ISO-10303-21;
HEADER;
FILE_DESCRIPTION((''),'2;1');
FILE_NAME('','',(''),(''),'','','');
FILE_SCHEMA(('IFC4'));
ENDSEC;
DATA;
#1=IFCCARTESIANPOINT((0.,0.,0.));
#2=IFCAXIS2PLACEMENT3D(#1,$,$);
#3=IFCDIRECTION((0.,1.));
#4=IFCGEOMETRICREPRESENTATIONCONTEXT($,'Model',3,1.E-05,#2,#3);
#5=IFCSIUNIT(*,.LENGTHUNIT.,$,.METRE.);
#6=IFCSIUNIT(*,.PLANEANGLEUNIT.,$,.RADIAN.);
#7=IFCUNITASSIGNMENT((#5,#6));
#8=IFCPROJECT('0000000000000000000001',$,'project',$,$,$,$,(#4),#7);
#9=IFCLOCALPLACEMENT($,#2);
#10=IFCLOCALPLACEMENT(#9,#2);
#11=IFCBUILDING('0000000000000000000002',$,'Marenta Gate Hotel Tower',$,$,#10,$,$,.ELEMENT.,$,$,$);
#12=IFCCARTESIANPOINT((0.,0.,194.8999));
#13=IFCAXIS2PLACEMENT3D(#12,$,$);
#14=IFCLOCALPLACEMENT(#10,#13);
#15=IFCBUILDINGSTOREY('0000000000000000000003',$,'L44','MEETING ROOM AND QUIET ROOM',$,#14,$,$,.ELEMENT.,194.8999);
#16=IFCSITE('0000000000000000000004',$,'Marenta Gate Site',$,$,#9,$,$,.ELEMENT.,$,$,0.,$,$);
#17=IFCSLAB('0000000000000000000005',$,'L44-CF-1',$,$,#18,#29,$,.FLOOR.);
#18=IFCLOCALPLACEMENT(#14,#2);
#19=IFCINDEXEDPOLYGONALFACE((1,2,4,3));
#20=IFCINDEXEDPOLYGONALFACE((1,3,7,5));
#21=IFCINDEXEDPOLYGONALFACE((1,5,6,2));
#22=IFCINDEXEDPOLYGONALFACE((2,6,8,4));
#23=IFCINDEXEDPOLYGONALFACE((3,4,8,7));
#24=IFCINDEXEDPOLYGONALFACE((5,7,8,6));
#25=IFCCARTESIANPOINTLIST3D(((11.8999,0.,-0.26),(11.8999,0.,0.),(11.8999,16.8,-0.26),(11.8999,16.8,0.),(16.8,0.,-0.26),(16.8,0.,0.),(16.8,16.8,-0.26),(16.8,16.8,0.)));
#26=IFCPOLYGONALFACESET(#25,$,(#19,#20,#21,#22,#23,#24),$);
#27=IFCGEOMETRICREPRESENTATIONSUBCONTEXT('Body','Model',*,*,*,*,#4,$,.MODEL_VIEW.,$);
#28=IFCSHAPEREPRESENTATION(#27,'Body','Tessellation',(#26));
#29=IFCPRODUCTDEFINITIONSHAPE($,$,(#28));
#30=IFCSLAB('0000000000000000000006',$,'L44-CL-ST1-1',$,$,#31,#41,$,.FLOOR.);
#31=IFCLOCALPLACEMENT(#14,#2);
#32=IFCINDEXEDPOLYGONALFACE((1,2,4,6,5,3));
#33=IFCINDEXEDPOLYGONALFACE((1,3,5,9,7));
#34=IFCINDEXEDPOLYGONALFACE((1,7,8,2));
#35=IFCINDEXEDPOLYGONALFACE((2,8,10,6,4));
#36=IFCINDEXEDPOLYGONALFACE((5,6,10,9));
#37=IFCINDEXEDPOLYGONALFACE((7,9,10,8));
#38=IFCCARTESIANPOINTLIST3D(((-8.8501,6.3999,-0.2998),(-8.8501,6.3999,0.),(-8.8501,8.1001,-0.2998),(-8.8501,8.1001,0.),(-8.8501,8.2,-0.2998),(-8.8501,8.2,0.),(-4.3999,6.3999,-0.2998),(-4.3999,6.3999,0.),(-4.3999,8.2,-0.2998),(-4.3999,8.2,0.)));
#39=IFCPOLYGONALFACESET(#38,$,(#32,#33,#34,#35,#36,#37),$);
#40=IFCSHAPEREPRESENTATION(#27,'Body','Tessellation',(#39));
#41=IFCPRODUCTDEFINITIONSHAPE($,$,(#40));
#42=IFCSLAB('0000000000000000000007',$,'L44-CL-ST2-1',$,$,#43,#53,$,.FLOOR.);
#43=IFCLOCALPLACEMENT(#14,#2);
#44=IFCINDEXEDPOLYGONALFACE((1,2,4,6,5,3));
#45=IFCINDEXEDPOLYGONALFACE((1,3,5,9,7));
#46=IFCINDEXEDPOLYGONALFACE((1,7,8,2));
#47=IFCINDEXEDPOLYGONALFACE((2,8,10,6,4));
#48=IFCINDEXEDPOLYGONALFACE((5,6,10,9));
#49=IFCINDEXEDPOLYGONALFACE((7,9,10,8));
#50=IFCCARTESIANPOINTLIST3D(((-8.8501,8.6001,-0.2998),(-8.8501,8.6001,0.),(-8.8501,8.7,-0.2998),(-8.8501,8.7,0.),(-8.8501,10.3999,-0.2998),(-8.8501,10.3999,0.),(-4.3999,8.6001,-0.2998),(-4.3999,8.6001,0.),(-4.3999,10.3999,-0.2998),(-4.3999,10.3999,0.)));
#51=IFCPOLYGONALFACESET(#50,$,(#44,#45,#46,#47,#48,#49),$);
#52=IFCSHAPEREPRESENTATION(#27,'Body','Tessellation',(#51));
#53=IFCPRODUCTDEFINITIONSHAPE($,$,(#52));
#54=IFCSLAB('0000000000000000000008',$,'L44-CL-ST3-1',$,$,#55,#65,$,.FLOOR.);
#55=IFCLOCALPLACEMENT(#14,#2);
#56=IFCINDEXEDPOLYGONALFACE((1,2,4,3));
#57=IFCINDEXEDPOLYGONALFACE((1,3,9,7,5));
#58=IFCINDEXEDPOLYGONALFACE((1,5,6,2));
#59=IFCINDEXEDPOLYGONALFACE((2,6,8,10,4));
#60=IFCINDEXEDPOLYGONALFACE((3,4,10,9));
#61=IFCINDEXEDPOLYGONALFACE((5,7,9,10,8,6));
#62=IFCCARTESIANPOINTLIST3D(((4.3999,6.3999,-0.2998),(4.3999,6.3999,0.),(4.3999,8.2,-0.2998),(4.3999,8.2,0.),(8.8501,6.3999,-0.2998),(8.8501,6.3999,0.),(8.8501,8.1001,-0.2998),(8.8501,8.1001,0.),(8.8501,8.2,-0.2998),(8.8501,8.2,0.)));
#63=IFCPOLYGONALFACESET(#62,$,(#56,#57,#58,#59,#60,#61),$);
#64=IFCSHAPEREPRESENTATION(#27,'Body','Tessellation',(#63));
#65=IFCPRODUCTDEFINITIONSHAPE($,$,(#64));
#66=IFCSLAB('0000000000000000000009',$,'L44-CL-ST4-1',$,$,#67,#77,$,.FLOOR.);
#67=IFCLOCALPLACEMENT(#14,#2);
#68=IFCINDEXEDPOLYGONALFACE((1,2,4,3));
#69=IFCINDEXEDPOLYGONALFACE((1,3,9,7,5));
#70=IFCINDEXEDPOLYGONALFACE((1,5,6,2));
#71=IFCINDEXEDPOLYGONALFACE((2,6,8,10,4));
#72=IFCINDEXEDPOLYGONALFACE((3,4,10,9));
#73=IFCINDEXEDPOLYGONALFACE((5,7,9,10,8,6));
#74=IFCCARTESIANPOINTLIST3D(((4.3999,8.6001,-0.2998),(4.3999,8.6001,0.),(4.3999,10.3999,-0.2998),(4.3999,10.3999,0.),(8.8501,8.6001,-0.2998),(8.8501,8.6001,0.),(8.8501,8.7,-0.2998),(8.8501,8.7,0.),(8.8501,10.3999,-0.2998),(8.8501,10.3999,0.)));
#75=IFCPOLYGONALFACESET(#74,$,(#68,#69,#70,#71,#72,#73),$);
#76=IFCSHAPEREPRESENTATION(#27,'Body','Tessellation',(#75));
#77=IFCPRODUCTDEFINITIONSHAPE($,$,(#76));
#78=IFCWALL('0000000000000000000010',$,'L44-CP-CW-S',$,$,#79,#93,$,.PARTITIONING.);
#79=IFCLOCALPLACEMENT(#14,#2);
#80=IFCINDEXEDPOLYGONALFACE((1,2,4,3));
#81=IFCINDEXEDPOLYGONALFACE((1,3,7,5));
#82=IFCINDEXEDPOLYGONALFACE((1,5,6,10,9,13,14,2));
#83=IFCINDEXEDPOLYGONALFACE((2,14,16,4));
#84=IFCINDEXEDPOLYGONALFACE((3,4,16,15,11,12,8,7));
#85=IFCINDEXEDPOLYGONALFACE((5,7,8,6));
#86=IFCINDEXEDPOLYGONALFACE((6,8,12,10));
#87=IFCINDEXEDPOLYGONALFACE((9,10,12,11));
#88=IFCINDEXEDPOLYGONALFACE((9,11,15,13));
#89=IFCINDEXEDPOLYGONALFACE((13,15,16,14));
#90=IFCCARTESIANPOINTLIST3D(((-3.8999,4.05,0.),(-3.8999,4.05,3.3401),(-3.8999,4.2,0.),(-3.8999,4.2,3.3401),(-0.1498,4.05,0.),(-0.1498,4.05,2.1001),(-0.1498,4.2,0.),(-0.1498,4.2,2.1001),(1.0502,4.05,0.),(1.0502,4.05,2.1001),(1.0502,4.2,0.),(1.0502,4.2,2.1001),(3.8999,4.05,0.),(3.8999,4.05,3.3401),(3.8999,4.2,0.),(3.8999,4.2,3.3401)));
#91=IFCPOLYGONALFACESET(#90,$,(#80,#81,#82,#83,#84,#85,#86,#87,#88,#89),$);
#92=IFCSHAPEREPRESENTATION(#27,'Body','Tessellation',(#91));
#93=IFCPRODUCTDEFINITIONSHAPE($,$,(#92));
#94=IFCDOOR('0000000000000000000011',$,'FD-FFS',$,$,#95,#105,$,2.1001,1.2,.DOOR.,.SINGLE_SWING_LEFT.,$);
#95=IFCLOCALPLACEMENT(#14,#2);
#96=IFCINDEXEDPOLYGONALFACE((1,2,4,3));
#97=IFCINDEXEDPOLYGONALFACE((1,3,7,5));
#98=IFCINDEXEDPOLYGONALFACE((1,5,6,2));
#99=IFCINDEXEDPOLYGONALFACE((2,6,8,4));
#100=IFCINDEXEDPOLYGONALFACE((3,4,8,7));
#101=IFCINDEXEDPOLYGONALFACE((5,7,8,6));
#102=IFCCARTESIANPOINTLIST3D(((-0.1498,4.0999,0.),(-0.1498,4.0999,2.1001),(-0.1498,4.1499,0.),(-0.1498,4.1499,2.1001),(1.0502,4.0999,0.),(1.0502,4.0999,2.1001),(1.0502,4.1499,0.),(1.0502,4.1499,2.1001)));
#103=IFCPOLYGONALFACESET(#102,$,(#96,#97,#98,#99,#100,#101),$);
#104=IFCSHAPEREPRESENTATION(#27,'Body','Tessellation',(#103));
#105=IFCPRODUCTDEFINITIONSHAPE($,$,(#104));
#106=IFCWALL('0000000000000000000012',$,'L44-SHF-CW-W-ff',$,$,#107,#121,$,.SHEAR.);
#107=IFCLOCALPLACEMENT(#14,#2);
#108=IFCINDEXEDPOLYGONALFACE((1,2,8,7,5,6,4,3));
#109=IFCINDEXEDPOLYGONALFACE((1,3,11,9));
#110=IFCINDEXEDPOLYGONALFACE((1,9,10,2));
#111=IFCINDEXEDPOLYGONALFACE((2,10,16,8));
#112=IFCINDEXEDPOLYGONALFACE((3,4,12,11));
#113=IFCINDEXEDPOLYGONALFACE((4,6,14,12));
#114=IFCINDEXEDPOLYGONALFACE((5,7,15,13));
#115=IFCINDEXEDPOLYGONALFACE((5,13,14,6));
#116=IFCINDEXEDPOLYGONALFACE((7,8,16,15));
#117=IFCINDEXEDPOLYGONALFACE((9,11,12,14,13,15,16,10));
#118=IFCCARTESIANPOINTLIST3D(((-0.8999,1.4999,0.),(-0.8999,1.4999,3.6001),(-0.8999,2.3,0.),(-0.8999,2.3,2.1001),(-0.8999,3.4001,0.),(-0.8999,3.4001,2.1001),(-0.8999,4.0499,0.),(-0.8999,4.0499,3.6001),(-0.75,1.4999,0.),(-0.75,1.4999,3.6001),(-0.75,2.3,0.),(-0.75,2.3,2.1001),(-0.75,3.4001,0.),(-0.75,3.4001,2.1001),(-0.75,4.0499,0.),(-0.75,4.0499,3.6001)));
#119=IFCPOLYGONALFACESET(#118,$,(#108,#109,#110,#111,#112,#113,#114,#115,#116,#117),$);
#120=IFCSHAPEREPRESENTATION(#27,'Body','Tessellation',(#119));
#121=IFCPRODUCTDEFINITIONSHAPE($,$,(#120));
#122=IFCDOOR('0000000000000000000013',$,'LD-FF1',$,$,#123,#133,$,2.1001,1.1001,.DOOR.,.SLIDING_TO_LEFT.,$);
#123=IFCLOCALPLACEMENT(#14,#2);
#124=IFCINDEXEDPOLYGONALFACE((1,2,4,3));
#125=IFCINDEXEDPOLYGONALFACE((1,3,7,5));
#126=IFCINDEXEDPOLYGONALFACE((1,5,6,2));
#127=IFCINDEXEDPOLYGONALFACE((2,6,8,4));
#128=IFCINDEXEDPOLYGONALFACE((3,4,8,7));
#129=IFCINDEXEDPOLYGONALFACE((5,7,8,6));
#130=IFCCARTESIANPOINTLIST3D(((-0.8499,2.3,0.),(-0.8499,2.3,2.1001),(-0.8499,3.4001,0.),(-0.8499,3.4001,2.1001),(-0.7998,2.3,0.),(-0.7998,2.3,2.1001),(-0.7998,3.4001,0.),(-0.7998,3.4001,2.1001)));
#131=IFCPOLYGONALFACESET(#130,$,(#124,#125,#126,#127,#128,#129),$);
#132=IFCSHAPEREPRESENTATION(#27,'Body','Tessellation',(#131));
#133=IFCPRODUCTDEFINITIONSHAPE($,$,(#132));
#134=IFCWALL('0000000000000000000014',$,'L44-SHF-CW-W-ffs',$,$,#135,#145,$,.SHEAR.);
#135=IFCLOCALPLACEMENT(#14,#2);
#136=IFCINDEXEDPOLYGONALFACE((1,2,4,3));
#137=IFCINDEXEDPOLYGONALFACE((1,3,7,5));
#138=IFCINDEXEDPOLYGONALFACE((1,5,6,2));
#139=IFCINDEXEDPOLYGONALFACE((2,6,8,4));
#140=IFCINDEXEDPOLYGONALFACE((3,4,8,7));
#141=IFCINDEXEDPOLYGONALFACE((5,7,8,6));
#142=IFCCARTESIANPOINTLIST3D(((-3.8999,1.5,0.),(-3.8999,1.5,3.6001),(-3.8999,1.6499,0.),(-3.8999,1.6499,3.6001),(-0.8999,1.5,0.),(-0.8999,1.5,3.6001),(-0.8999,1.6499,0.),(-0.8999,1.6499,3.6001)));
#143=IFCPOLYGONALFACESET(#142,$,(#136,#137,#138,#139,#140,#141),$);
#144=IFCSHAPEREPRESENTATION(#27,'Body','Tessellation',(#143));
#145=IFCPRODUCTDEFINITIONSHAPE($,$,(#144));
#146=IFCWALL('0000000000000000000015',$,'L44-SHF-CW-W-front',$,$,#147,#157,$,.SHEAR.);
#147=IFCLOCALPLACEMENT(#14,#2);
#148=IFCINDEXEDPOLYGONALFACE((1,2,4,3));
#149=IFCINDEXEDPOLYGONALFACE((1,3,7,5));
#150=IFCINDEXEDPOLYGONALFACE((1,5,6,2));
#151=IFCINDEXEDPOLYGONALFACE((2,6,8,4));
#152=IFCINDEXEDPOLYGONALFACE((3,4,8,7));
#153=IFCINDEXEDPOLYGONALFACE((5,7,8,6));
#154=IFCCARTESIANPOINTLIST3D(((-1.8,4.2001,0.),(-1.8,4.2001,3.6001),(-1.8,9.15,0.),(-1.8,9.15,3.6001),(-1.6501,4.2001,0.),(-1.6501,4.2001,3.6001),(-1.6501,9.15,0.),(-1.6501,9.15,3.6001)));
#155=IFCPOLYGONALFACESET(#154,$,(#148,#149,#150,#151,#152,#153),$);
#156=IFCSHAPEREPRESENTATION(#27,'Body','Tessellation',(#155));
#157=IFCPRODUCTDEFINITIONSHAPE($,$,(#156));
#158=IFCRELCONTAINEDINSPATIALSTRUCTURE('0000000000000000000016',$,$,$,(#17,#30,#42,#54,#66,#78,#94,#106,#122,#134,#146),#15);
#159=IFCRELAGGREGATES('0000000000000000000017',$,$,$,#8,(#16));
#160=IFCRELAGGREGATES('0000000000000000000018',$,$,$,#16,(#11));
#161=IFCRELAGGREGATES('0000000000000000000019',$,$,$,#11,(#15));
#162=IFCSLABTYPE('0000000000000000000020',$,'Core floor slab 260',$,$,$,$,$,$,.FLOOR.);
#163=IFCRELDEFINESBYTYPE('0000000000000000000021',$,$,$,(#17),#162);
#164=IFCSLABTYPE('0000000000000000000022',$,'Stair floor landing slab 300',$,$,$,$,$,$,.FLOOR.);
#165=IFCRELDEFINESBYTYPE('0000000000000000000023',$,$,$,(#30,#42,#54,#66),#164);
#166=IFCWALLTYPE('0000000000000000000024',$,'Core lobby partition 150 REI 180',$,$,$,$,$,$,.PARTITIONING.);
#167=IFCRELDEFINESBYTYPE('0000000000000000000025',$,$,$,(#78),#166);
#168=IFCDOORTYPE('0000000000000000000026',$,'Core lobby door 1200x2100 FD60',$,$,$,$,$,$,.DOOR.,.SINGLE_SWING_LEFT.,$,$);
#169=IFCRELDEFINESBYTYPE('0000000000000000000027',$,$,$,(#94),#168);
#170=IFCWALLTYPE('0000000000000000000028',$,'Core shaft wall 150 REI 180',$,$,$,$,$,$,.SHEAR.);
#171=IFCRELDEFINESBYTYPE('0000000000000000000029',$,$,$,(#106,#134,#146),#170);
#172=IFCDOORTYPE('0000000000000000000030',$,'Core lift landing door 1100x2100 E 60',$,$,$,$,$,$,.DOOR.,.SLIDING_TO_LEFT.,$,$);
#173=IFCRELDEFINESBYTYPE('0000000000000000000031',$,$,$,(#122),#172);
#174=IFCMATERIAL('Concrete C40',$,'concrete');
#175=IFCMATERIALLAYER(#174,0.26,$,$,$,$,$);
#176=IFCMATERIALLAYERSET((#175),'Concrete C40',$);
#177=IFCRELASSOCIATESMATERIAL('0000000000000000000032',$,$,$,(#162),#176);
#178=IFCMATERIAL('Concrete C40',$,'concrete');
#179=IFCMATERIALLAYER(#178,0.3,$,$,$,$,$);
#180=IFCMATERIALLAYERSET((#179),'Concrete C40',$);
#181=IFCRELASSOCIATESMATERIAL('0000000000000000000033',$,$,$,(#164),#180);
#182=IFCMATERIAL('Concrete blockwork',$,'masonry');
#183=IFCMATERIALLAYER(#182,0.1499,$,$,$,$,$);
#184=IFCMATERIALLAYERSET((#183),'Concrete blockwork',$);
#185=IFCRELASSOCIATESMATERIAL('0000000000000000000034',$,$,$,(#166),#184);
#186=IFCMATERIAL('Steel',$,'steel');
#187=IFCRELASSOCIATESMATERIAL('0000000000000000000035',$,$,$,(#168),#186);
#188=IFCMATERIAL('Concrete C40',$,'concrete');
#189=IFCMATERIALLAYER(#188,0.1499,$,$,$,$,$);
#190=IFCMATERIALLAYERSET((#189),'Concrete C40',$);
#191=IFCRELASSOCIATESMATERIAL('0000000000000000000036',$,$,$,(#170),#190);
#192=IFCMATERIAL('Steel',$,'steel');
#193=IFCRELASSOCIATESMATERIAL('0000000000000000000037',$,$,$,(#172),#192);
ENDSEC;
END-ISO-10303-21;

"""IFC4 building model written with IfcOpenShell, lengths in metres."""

from ifc_helpers import new_model, si_unit, direction, frame, frame_2d, origin, place, context, subcontext, project, spatial, polyline, rectangle, outline, extrude, material, layer, layer_set, type_object, element, fill, save


model = new_model("IFC4")

# Units and contexts
model_context = context("Model", 3, precision=1e-05, world=origin(), true_north=direction((0.0, 1.0)))
body_context = subcontext(model_context, "Body", "Model", "MODEL_VIEW")
ifc_project = project(units=[si_unit("LENGTHUNIT", "METRE"), si_unit("PLANEANGLEUNIT", "RADIAN")], contexts=[model_context])

# Site, building, storey
site_placement = place(None, origin())
site = spatial("IfcSite", under=ifc_project, at=site_placement, Name="Marenta Gate Site", CompositionType="ELEMENT", RefElevation=0.0)
building_placement = place(site_placement, origin())
building = spatial("IfcBuilding", under=site, at=building_placement, Name="Marenta Gate Hotel Tower", CompositionType="ELEMENT")
storey_placement = place(building_placement, frame((0.0, 0.0, 194.8999)))
storey = spatial("IfcBuildingStorey", under=building, at=storey_placement, Name="L44", Description="MEETING ROOM AND QUIET ROOM", CompositionType="ELEMENT", Elevation=194.8999)

# Slabs
ifc_material_1 = material(Name="Concrete C40", Category="concrete")
ifc_layer_1 = layer(ifc_material_1, 0.26)
ifc_layer_set_1 = layer_set([ifc_layer_1], Name="Concrete C40")
slab_type_1 = type_object("IfcSlabType", Name="Core floor slab 260", PredefinedType="FLOOR", material=ifc_layer_set_1)
slab_1_placement = place(storey_placement, frame((0.0, 0.0, -0.26)))
element("IfcSlab", 1, at=slab_1_placement, inside=storey, type_object=slab_type_1, Name="L44-CF-1", PredefinedType="FLOOR", context=body_context, shape_type="SweptSolid", body=[
    extrude(outline(polyline([(11.8999, 0.0), (11.8999, 16.8), (16.8, 16.8), (16.8, 0.0), (11.8999, 0.0)])), origin(), (0.0, 0.0, 1.0), 0.26),
])
ifc_material_2 = material(Name="Concrete C40", Category="concrete")
ifc_layer_2 = layer(ifc_material_2, 0.3)
ifc_layer_set_2 = layer_set([ifc_layer_2], Name="Concrete C40")
slab_type_2 = type_object("IfcSlabType", Name="Stair floor landing slab 300", PredefinedType="FLOOR", material=ifc_layer_set_2)
slab_2_placement = place(storey_placement, frame((0.0, 0.0, -0.2998)))
element("IfcSlab", 2, at=slab_2_placement, inside=storey, type_object=slab_type_2, Name="L44-CL-ST1-1", PredefinedType="FLOOR", context=body_context, shape_type="SweptSolid", body=[
    extrude(outline(polyline([(-4.3999, 6.3999), (-8.8501, 6.3999), (-8.8501, 8.1001), (-8.8501, 8.2), (-4.3999, 8.2), (-4.3999, 6.3999)])), origin(), (0.0, 0.0, 1.0), 0.2998),
])
slab_3_placement = place(storey_placement, frame((0.0, 0.0, -0.2998)))
element("IfcSlab", 3, at=slab_3_placement, inside=storey, type_object=slab_type_2, Name="L44-CL-ST2-1", PredefinedType="FLOOR", context=body_context, shape_type="SweptSolid", body=[
    extrude(outline(polyline([(-4.3999, 8.6001), (-8.8501, 8.6001), (-8.8501, 8.7), (-8.8501, 10.3999), (-4.3999, 10.3999), (-4.3999, 8.6001)])), origin(), (0.0, 0.0, 1.0), 0.2998),
])
slab_4_placement = place(storey_placement, frame((0.0, 0.0, -0.2998)))
element("IfcSlab", 4, at=slab_4_placement, inside=storey, type_object=slab_type_2, Name="L44-CL-ST3-1", PredefinedType="FLOOR", context=body_context, shape_type="SweptSolid", body=[
    extrude(outline(polyline([(4.3999, 6.3999), (4.3999, 8.2), (8.8501, 8.2), (8.8501, 8.1001), (8.8501, 6.3999), (4.3999, 6.3999)])), origin(), (0.0, 0.0, 1.0), 0.2998),
])
slab_5_placement = place(storey_placement, frame((0.0, 0.0, -0.2998)))
element("IfcSlab", 5, at=slab_5_placement, inside=storey, type_object=slab_type_2, Name="L44-CL-ST4-1", PredefinedType="FLOOR", context=body_context, shape_type="SweptSolid", body=[
    extrude(outline(polyline([(4.3999, 8.6001), (4.3999, 10.3999), (8.8501, 10.3999), (8.8501, 8.7), (8.8501, 8.6001), (4.3999, 8.6001)])), origin(), (0.0, 0.0, 1.0), 0.2998),
])

# Walls, openings, doors
ifc_material_3 = material(Name="Concrete blockwork", Category="masonry")
ifc_layer_3 = layer(ifc_material_3, 0.1499)
ifc_layer_set_3 = layer_set([ifc_layer_3], Name="Concrete blockwork")
wall_type_1 = type_object("IfcWallType", Name="Core lobby partition 150 REI 180", PredefinedType="PARTITIONING", material=ifc_layer_set_3)
wall_1_placement = place(storey_placement, frame((-3.8999, 4.125, 0.0), z_axis=(0.0, 0.0, 1.0), x_axis=(1.0, 0.0, 0.0)))
wall_1 = element("IfcWall", 6, at=wall_1_placement, inside=storey, type_object=wall_type_1, Name="L44-CP-CW-S", PredefinedType="PARTITIONING", context=body_context, shape_type="SweptSolid", body=[
    extrude(rectangle(XDim=7.7998, YDim=0.1499, at=frame_2d((3.8999, 0.0))), origin(), (0.0, 0.0, 1.0), 3.3401),
])
opening_1_placement = place(wall_1_placement, frame((3.75, 0.0, 0.0)))
opening_1 = element("IfcOpeningElement", 7, at=opening_1_placement, cuts=wall_1, PredefinedType="OPENING", context=body_context, shape_type="SweptSolid", body=[
    extrude(rectangle(XDim=1.2, YDim=2.1001, at=frame_2d((0.6001, 1.05))), frame((0.0, 0.075, 0.0), z_axis=(0.0, -1.0, 0.0), x_axis=(1.0, 0.0, 0.0)), (0.0, 0.0, 1.0), 0.1499),
])
ifc_material_4 = material(Name="Steel", Category="steel")
door_type_1 = type_object("IfcDoorType", Name="Core lobby door 1200x2100 FD60", OperationType="SINGLE_SWING_LEFT", PredefinedType="DOOR", material=ifc_material_4)
door_1_placement = place(opening_1_placement, origin())
door_1 = element("IfcDoor", 8, at=door_1_placement, inside=storey, type_object=door_type_1, Name="FD-FFS", OperationType="SINGLE_SWING_LEFT", OverallHeight=2.1001, OverallWidth=1.2, PredefinedType="DOOR", context=body_context, shape_type="SweptSolid", body=[
    extrude(rectangle(XDim=1.2, YDim=2.1001, at=frame_2d((0.6001, 1.05))), frame((0.0, 0.0249, 0.0), z_axis=(0.0, -1.0, 0.0), x_axis=(1.0, 0.0, 0.0)), (0.0, 0.0, 1.0), 0.05),
])
fill(opening_1, door_1)
ifc_material_5 = material(Name="Concrete C40", Category="concrete")
ifc_layer_4 = layer(ifc_material_5, 0.1499)
ifc_layer_set_4 = layer_set([ifc_layer_4], Name="Concrete C40")
wall_type_2 = type_object("IfcWallType", Name="Core shaft wall 150 REI 180", PredefinedType="SHEAR", material=ifc_layer_set_4)
wall_2_placement = place(storey_placement, frame((-0.825, 1.5, 0.0), z_axis=(0.0, 0.0, 1.0), x_axis=(0.0, 1.0, 0.0)))
wall_2 = element("IfcWall", 9, at=wall_2_placement, inside=storey, type_object=wall_type_2, Name="L44-SHF-CW-W-ff", PredefinedType="SHEAR", context=body_context, shape_type="SweptSolid", body=[
    extrude(rectangle(XDim=2.55, YDim=0.1499, at=frame_2d((1.2749, 0.0))), origin(), (0.0, 0.0, 1.0), 3.6001),
])
opening_2_placement = place(wall_2_placement, frame((0.8, 0.0, 0.0)))
opening_2 = element("IfcOpeningElement", 10, at=opening_2_placement, cuts=wall_2, PredefinedType="OPENING", context=body_context, shape_type="SweptSolid", body=[
    extrude(rectangle(XDim=1.1001, YDim=2.1001, at=frame_2d((0.55, 1.05))), frame((0.0, 0.075, 0.0), z_axis=(0.0, -1.0, 0.0), x_axis=(1.0, 0.0, 0.0)), (0.0, 0.0, 1.0), 0.1499),
])
ifc_material_6 = material(Name="Steel", Category="steel")
door_type_2 = type_object("IfcDoorType", Name="Core lift landing door 1100x2100 E 60", OperationType="SLIDING_TO_LEFT", PredefinedType="DOOR", material=ifc_material_6)
door_2_placement = place(opening_2_placement, origin())
door_2 = element("IfcDoor", 11, at=door_2_placement, inside=storey, type_object=door_type_2, Name="LD-FF1", OperationType="SLIDING_TO_LEFT", OverallHeight=2.1001, OverallWidth=1.1001, PredefinedType="DOOR", context=body_context, shape_type="SweptSolid", body=[
    extrude(rectangle(XDim=1.1001, YDim=2.1001, at=frame_2d((0.55, 1.05))), frame((0.0, 0.0249, 0.0), z_axis=(0.0, -1.0, 0.0), x_axis=(1.0, 0.0, 0.0)), (0.0, 0.0, 1.0), 0.05),
])
fill(opening_2, door_2)

# Walls
wall_3_placement = place(storey_placement, frame((-3.8999, 1.575, 0.0), z_axis=(0.0, 0.0, 1.0), x_axis=(1.0, 0.0, 0.0)))
element("IfcWall", 12, at=wall_3_placement, inside=storey, type_object=wall_type_2, Name="L44-SHF-CW-W-ffs", PredefinedType="SHEAR", context=body_context, shape_type="SweptSolid", body=[
    extrude(rectangle(XDim=3.0, YDim=0.1499, at=frame_2d((1.5, 0.0))), origin(), (0.0, 0.0, 1.0), 3.6001),
])
wall_4_placement = place(storey_placement, frame((-1.7251, 4.2, 0.0), z_axis=(0.0, 0.0, 1.0), x_axis=(0.0, 1.0, 0.0)))
element("IfcWall", 13, at=wall_4_placement, inside=storey, type_object=wall_type_2, Name="L44-SHF-CW-W-front", PredefinedType="SHEAR", context=body_context, shape_type="SweptSolid", body=[
    extrude(rectangle(XDim=4.95, YDim=0.1499, at=frame_2d((2.4751, 0.0))), origin(), (0.0, 0.0, 1.0), 3.6001),
])

save(model, "model.ifc")
